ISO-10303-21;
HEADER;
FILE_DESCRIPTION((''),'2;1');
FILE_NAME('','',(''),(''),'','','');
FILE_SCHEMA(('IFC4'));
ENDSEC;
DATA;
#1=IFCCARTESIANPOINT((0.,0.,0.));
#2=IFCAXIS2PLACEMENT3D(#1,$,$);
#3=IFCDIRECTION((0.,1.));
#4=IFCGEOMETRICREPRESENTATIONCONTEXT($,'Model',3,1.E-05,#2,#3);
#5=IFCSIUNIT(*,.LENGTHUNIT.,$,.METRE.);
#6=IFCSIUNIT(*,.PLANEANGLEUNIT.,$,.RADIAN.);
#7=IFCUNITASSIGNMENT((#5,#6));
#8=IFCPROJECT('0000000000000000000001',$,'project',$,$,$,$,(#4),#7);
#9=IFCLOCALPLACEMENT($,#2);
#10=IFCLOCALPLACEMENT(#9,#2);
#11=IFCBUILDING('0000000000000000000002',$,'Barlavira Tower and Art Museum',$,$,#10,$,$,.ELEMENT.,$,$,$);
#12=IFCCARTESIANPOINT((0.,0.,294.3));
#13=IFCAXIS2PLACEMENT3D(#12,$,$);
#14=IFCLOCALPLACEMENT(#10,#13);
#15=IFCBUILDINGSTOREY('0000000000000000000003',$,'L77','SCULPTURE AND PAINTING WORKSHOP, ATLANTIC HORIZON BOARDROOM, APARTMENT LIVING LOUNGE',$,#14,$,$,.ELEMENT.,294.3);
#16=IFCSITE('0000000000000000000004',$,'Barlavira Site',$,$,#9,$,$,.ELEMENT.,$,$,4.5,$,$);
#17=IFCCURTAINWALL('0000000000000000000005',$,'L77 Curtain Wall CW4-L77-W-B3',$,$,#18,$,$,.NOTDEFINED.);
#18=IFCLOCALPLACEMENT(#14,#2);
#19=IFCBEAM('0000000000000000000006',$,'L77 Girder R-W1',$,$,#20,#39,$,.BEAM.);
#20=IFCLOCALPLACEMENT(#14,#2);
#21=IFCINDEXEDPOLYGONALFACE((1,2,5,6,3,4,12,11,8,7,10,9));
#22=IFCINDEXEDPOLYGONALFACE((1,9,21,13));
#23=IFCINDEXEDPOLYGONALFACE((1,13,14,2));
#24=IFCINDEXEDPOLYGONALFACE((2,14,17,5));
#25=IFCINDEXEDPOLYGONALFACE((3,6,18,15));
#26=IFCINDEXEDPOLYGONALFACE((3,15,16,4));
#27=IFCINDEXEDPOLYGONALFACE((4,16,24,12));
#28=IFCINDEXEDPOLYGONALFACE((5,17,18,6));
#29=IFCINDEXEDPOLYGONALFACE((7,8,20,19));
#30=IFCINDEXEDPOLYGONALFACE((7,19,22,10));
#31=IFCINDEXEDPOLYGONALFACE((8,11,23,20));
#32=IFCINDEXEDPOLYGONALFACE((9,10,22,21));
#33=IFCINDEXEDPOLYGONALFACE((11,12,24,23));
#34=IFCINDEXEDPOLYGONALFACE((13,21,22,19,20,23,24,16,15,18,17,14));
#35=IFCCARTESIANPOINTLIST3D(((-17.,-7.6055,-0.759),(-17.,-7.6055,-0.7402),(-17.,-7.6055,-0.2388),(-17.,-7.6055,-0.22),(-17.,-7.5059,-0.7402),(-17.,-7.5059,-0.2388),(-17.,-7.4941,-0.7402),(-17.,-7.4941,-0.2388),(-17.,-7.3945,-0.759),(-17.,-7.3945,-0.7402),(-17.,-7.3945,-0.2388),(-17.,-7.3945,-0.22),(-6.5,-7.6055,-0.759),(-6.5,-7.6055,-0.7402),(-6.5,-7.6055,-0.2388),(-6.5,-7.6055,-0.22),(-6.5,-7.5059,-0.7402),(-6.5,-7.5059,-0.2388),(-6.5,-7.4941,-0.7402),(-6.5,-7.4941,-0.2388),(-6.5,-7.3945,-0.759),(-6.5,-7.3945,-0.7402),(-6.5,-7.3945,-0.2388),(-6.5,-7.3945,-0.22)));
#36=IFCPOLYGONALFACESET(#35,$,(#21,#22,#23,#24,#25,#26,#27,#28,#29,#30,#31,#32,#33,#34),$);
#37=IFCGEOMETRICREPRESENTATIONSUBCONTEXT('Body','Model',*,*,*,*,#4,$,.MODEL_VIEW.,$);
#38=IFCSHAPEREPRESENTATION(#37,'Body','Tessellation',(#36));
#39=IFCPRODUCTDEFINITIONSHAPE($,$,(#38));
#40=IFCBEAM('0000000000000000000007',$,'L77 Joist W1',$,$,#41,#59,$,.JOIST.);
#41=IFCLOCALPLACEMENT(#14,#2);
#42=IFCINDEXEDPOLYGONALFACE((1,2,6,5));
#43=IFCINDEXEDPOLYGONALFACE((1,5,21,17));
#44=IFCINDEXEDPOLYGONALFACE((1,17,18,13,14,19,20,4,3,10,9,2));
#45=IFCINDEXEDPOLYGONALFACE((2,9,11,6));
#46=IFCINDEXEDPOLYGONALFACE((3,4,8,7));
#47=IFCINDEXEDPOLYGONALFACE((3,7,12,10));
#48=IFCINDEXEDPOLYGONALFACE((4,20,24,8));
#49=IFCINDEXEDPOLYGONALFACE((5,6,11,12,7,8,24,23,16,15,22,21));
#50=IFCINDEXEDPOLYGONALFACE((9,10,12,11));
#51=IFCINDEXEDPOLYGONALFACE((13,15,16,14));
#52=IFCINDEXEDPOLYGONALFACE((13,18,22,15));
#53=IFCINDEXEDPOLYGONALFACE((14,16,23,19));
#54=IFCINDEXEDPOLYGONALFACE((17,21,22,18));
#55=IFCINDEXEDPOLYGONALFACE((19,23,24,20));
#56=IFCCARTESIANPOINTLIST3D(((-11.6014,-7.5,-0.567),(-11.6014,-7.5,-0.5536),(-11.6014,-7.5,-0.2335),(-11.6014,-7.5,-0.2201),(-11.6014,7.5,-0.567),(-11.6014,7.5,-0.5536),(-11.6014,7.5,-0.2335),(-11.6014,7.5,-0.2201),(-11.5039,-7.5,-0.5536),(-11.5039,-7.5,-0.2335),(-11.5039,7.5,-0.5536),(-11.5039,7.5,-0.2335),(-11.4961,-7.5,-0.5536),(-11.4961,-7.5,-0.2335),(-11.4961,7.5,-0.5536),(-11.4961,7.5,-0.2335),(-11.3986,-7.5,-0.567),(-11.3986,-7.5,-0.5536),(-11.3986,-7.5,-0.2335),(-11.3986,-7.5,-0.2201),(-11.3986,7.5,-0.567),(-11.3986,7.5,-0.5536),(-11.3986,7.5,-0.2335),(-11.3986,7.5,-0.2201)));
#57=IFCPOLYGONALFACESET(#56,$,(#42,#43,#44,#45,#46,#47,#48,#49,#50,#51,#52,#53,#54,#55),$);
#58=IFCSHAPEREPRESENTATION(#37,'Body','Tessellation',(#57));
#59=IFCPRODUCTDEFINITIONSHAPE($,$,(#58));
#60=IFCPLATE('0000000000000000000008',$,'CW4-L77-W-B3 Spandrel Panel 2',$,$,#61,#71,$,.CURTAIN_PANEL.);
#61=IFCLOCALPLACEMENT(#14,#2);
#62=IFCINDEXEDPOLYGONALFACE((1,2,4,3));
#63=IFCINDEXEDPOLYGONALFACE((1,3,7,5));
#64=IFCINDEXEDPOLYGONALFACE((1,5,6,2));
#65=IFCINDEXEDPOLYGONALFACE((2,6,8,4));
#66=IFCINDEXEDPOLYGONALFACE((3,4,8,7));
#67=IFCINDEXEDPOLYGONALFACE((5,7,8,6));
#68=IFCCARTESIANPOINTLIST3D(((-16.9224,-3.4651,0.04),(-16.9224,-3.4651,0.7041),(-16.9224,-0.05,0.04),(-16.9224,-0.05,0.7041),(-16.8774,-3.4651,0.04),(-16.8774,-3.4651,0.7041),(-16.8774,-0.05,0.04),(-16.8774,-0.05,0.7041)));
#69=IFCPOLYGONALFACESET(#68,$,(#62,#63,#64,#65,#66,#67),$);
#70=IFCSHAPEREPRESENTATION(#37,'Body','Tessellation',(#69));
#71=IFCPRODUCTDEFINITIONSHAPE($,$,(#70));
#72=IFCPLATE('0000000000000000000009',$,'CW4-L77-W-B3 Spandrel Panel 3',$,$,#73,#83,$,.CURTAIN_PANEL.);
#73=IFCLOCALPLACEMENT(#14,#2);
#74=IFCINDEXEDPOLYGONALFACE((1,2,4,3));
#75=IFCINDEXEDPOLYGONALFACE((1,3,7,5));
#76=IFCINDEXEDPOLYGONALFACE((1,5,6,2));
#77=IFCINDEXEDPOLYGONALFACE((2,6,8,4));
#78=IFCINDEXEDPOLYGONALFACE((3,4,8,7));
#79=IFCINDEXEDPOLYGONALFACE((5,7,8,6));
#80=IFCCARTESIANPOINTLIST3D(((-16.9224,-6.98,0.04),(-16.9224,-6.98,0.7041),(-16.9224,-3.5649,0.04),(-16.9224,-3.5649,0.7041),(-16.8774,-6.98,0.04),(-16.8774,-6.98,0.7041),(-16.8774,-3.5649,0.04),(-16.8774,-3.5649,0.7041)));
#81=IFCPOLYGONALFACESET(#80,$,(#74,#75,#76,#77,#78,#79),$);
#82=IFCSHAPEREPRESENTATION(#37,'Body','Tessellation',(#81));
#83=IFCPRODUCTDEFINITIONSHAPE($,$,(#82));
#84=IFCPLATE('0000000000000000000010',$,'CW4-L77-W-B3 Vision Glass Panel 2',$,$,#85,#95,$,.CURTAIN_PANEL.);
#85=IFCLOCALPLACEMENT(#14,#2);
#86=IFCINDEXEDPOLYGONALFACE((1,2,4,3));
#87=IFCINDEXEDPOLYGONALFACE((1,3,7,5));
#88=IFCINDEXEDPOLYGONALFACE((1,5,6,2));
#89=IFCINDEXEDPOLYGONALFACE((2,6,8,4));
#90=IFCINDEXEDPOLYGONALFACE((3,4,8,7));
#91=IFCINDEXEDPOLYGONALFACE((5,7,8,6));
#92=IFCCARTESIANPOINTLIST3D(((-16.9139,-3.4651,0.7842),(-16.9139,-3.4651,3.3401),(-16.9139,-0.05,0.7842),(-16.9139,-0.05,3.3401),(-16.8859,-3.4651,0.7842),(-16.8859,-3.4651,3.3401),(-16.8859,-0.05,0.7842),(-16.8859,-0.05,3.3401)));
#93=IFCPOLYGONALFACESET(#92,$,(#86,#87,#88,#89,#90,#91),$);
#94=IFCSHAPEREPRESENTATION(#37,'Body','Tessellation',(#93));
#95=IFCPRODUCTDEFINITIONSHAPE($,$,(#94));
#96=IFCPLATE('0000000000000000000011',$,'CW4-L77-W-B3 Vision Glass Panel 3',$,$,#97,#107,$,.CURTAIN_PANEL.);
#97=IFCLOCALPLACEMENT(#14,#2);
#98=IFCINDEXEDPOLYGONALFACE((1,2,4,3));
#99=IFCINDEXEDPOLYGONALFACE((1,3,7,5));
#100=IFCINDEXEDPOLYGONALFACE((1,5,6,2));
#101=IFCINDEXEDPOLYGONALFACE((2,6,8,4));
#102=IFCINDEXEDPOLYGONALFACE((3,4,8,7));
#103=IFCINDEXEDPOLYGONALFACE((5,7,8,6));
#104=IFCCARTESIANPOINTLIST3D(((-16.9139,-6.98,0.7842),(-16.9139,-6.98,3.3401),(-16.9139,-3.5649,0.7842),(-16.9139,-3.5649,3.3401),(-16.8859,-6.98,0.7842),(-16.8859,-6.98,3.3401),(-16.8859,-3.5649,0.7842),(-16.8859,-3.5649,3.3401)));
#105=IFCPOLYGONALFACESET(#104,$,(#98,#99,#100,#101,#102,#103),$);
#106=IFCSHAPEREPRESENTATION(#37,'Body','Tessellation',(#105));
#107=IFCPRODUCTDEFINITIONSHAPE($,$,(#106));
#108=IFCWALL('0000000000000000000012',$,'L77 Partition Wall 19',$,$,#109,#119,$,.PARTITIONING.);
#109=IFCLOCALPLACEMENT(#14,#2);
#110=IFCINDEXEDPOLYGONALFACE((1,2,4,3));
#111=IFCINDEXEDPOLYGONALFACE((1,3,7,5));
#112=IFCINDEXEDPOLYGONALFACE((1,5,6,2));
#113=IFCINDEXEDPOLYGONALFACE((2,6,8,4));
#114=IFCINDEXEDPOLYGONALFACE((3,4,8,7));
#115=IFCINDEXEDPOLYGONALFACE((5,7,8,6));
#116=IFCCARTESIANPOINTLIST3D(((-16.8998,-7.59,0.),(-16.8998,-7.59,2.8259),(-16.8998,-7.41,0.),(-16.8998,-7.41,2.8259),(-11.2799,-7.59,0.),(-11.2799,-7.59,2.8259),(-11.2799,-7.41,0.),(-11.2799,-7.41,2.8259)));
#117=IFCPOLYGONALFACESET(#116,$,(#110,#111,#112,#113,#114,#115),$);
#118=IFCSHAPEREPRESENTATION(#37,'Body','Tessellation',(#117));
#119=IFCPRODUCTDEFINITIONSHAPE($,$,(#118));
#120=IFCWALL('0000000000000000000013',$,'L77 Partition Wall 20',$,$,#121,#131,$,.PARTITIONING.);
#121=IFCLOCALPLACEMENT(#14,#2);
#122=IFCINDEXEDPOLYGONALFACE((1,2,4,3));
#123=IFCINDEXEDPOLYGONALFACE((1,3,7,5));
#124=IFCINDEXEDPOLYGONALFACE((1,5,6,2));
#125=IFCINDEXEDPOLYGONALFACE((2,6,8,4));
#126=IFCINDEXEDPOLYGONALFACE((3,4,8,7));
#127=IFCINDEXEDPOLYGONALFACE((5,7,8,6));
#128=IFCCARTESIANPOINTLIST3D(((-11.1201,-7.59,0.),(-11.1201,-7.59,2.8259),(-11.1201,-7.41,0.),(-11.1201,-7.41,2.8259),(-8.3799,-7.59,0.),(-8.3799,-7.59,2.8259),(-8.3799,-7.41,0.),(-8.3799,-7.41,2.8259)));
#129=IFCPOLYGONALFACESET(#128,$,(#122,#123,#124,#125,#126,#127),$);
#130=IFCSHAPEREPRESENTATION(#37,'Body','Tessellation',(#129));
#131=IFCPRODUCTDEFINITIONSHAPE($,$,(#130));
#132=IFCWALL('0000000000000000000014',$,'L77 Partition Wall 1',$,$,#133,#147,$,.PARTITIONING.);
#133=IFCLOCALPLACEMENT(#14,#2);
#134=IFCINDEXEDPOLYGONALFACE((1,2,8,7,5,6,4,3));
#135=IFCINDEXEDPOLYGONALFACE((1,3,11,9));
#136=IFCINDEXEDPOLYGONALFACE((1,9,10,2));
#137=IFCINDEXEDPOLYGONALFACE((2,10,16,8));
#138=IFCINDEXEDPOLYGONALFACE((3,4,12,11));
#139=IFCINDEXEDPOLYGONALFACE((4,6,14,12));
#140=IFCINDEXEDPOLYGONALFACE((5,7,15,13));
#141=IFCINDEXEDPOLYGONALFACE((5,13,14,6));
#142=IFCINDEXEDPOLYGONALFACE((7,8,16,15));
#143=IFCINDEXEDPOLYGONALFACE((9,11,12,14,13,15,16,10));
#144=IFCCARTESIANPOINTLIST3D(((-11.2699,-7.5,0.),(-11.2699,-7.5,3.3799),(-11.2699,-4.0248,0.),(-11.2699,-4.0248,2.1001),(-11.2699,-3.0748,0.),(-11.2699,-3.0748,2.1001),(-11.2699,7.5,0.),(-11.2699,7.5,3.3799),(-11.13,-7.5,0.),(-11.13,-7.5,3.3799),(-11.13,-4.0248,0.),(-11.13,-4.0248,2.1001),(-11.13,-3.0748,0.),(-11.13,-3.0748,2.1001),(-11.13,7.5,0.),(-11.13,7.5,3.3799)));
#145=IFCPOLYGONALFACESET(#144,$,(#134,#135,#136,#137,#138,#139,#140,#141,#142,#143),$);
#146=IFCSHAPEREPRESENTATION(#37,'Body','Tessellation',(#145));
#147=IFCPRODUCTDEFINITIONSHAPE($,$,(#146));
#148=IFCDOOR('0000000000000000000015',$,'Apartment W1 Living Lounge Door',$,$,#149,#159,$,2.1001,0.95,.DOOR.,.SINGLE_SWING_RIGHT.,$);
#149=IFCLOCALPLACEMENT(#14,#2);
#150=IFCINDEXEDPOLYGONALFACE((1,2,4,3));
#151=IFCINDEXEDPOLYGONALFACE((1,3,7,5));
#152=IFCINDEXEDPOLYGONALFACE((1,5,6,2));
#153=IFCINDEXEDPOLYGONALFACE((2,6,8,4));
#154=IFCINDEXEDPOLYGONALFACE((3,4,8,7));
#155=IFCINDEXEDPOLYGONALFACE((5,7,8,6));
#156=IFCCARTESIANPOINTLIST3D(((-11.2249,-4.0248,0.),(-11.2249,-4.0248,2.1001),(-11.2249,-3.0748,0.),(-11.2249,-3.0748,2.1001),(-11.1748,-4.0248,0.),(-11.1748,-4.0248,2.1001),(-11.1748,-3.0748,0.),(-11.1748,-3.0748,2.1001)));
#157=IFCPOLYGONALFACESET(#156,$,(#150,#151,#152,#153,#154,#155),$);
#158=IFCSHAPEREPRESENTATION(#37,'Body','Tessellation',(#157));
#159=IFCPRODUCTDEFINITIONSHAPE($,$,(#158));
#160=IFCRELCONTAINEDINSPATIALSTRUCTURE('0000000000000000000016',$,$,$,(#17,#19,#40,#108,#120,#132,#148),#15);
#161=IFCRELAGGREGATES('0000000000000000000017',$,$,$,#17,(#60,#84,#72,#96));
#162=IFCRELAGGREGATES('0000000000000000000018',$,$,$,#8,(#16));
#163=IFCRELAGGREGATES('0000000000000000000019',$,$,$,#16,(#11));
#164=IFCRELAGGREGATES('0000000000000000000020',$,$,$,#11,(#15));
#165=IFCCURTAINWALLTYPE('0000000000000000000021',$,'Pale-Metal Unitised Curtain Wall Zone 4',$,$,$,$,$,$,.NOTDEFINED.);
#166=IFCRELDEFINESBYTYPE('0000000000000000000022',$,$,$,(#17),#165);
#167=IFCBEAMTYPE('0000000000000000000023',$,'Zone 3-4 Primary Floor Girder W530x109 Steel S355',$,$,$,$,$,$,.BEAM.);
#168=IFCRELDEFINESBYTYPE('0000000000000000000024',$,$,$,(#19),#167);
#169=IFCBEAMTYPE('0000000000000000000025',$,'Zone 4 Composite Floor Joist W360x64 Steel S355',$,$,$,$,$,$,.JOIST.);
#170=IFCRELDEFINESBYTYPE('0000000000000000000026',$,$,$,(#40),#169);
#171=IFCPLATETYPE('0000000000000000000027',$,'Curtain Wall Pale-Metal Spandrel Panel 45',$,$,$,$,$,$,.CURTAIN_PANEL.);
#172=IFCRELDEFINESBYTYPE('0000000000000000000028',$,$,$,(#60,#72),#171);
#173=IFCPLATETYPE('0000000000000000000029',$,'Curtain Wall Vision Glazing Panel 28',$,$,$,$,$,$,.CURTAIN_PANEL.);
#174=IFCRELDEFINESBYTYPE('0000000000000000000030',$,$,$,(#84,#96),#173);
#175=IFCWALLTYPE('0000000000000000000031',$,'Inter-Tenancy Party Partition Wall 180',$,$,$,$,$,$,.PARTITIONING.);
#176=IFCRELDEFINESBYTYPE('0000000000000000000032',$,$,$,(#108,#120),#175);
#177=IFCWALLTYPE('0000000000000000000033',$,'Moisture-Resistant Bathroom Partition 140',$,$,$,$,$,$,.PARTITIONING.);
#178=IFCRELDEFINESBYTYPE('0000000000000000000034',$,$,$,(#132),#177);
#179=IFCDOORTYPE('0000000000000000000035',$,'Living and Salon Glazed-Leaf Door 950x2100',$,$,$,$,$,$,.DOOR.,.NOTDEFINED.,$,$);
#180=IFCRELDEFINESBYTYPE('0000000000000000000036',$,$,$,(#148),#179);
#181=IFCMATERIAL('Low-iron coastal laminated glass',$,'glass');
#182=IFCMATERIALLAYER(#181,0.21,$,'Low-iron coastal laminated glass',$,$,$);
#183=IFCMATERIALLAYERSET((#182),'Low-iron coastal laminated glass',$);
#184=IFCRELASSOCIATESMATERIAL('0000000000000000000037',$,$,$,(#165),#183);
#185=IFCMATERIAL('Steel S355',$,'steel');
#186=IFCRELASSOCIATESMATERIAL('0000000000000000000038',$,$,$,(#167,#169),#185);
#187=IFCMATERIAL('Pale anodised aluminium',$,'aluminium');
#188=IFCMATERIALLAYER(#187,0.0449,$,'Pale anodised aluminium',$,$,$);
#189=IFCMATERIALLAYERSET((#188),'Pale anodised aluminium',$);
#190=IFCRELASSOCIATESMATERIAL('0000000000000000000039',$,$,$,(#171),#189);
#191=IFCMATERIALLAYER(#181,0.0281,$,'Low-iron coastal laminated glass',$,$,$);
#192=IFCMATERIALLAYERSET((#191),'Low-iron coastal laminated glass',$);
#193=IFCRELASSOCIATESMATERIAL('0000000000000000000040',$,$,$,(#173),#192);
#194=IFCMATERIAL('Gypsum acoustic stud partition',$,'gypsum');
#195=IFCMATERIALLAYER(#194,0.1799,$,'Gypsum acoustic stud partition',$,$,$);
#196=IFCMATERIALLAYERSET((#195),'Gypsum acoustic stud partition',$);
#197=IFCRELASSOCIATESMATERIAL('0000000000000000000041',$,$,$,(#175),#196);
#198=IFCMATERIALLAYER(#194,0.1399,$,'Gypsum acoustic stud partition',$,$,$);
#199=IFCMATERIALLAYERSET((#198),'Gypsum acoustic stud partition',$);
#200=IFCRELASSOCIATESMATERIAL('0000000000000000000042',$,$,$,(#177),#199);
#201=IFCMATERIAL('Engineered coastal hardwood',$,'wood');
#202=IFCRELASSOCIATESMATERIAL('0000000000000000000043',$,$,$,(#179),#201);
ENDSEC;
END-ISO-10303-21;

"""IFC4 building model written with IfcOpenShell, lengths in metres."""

from ifc_helpers import new_model, si_unit, direction, frame, frame_2d, origin, origin_2d, place, context, subcontext, project, spatial, rectangle, i_section, extrude, material, layer, layer_set, material_profile, profile_set, type_object, element, fill, aggregate, save


model = new_model("IFC4")

# Units and contexts
model_context = context("Model", 3, precision=1e-05, world=origin(), true_north=direction((0.0, 1.0)))
body_context = subcontext(model_context, "Body", "Model", "MODEL_VIEW")
ifc_project = project(units=[si_unit("LENGTHUNIT", "METRE"), si_unit("PLANEANGLEUNIT", "RADIAN")], contexts=[model_context])

# Site, building, storey
site_placement = place(None, origin())
site = spatial("IfcSite", under=ifc_project, at=site_placement, Name="Barlavira Site", CompositionType="ELEMENT", RefElevation=4.5)
building_placement = place(site_placement, origin())
building = spatial("IfcBuilding", under=site, at=building_placement, Name="Barlavira Tower and Art Museum", CompositionType="ELEMENT")
storey_placement = place(building_placement, frame((0.0, 0.0, 294.3)))
storey = spatial("IfcBuildingStorey", under=building, at=storey_placement, Name="L77", Description="SCULPTURE AND PAINTING WORKSHOP, ATLANTIC HORIZON BOARDROOM, APARTMENT LIVING LOUNGE", CompositionType="ELEMENT", Elevation=294.3)

# Curtain wall
ifc_material_1 = material(Name="Low-iron coastal laminated glass", Category="glass")
ifc_layer_1 = layer(ifc_material_1, 0.21, Name="Low-iron coastal laminated glass")
ifc_layer_set_1 = layer_set([ifc_layer_1], Name="Low-iron coastal laminated glass")
curtain_wall_type = type_object("IfcCurtainWallType", Name="Pale-Metal Unitised Curtain Wall Zone 4", PredefinedType="NOTDEFINED", material=ifc_layer_set_1)
curtain_wall_placement = place(storey_placement, origin())
curtain_wall = element("IfcCurtainWall", 1, at=curtain_wall_placement, inside=storey, type_object=curtain_wall_type, Name="L77 Curtain Wall CW4-L77-W-B3", PredefinedType="NOTDEFINED")
ifc_material_2 = material(Name="Pale anodised aluminium", Category="aluminium")

# Beams
ifc_material_3 = material(Name="Steel S355", Category="steel")
ifc_material_profile_1 = material_profile(ifc_material_3, i_section(OverallWidth=0.2109, OverallDepth=0.5391, WebThickness=0.0117, FlangeThickness=0.0188, at=origin_2d()), Name="W530x109.0")
ifc_profile_set_1 = profile_set([ifc_material_profile_1], Name="Steel S355")
beam_type_1 = type_object("IfcBeamType", Name="Zone 3-4 Primary Floor Girder W530x109 Steel S355", PredefinedType="BEAM", material=ifc_profile_set_1)
beam_1_placement = place(storey_placement, frame((-17.0, -7.5, -0.4895), z_axis=(1.0, 0.0, 0.0), x_axis=(0.0, 1.0, 0.0)))
element("IfcBeam", 2, at=beam_1_placement, inside=storey, type_object=beam_type_1, Name="L77 Girder R-W1", PredefinedType="BEAM", context=body_context, shape_type="SweptSolid", body=[
    extrude(i_section(OverallWidth=0.2109, OverallDepth=0.5391, WebThickness=0.0117, FlangeThickness=0.0188, at=origin_2d()), origin(), (0.0, 0.0, 1.0), 10.5),
])
ifc_material_profile_2 = material_profile(ifc_material_3, i_section(OverallWidth=0.2029, OverallDepth=0.3469, WebThickness=0.0078, FlangeThickness=0.0134, at=origin_2d()), Name="W360x64.0")
ifc_profile_set_2 = profile_set([ifc_material_profile_2], Name="Steel S355")
beam_type_2 = type_object("IfcBeamType", Name="Zone 4 Composite Floor Joist W360x64 Steel S355", PredefinedType="JOIST", material=ifc_profile_set_2)
beam_2_placement = place(storey_placement, frame((-11.5, -7.5, -0.3936), z_axis=(0.0, 1.0, 0.0), x_axis=(-1.0, 0.0, 0.0)))
element("IfcBeam", 3, at=beam_2_placement, inside=storey, type_object=beam_type_2, Name="L77 Joist W1", PredefinedType="JOIST", context=body_context, shape_type="SweptSolid", body=[
    extrude(i_section(OverallWidth=0.2029, OverallDepth=0.3469, WebThickness=0.0078, FlangeThickness=0.0134, at=origin_2d()), origin(), (0.0, 0.0, 1.0), 15.0),
])

# Plates
ifc_layer_2 = layer(ifc_material_2, 0.0449, Name="Pale anodised aluminium")
ifc_layer_set_2 = layer_set([ifc_layer_2], Name="Pale anodised aluminium")
plate_type_1 = type_object("IfcPlateType", Name="Curtain Wall Pale-Metal Spandrel Panel 45", PredefinedType="CURTAIN_PANEL", material=ifc_layer_set_2)
plate_1_placement = place(storey_placement, frame((-16.8999, -1.7576, 0.04), z_axis=(0.0, 0.0, 1.0), x_axis=(0.0, -1.0, 0.0)))
plate_1 = element("IfcPlate", 4, at=plate_1_placement, type_object=plate_type_1, Name="CW4-L77-W-B3 Spandrel Panel 2", PredefinedType="CURTAIN_PANEL", context=body_context, shape_type="SweptSolid", body=[
    extrude(rectangle(XDim=3.415, YDim=0.0449, at=origin_2d()), origin(), (0.0, 0.0, 1.0), 0.6641),
])
plate_2_placement = place(storey_placement, frame((-16.8999, -5.2725, 0.04), z_axis=(0.0, 0.0, 1.0), x_axis=(0.0, -1.0, 0.0)))
plate_2 = element("IfcPlate", 5, at=plate_2_placement, type_object=plate_type_1, Name="CW4-L77-W-B3 Spandrel Panel 3", PredefinedType="CURTAIN_PANEL", context=body_context, shape_type="SweptSolid", body=[
    extrude(rectangle(XDim=3.415, YDim=0.0449, at=origin_2d()), origin(), (0.0, 0.0, 1.0), 0.6641),
])
ifc_layer_3 = layer(ifc_material_1, 0.0281, Name="Low-iron coastal laminated glass")
ifc_layer_set_3 = layer_set([ifc_layer_3], Name="Low-iron coastal laminated glass")
plate_type_2 = type_object("IfcPlateType", Name="Curtain Wall Vision Glazing Panel 28", PredefinedType="CURTAIN_PANEL", material=ifc_layer_set_3)
plate_3_placement = place(storey_placement, frame((-16.8999, -1.7576, 0.7842), z_axis=(0.0, 0.0, 1.0), x_axis=(0.0, -1.0, 0.0)))
plate_3 = element("IfcPlate", 6, at=plate_3_placement, type_object=plate_type_2, Name="CW4-L77-W-B3 Vision Glass Panel 2", PredefinedType="CURTAIN_PANEL", context=body_context, shape_type="SweptSolid", body=[
    extrude(rectangle(XDim=3.415, YDim=0.0281, at=origin_2d()), origin(), (0.0, 0.0, 1.0), 2.5559),
])
plate_4_placement = place(storey_placement, frame((-16.8999, -5.2725, 0.7842), z_axis=(0.0, 0.0, 1.0), x_axis=(0.0, -1.0, 0.0)))
plate_4 = element("IfcPlate", 7, at=plate_4_placement, type_object=plate_type_2, Name="CW4-L77-W-B3 Vision Glass Panel 3", PredefinedType="CURTAIN_PANEL", context=body_context, shape_type="SweptSolid", body=[
    extrude(rectangle(XDim=3.415, YDim=0.0281, at=origin_2d()), origin(), (0.0, 0.0, 1.0), 2.5559),
])
aggregate(curtain_wall, [plate_1, plate_3, plate_2, plate_4])

# Walls
ifc_material_4 = material(Name="Gypsum acoustic stud partition", Category="gypsum")
ifc_layer_4 = layer(ifc_material_4, 0.1799, Name="Gypsum acoustic stud partition")
ifc_layer_set_4 = layer_set([ifc_layer_4], Name="Gypsum acoustic stud partition")
wall_type_1 = type_object("IfcWallType", Name="Inter-Tenancy Party Partition Wall 180", PredefinedType="PARTITIONING", material=ifc_layer_set_4)
wall_1_placement = place(storey_placement, frame((-16.8999, -7.5, 0.0), z_axis=(0.0, 0.0, 1.0), x_axis=(1.0, 0.0, 0.0)))
element("IfcWall", 8, at=wall_1_placement, inside=storey, type_object=wall_type_1, Name="L77 Partition Wall 19", PredefinedType="PARTITIONING", context=body_context, shape_type="SweptSolid", body=[
    extrude(rectangle(XDim=5.6199, YDim=0.1799, at=frame_2d((2.8101, 0.0))), origin(), (0.0, 0.0, 1.0), 2.8259),
])
wall_2_placement = place(storey_placement, frame((-11.1201, -7.5, 0.0), z_axis=(0.0, 0.0, 1.0), x_axis=(1.0, 0.0, 0.0)))
element("IfcWall", 9, at=wall_2_placement, inside=storey, type_object=wall_type_1, Name="L77 Partition Wall 20", PredefinedType="PARTITIONING", context=body_context, shape_type="SweptSolid", body=[
    extrude(rectangle(XDim=2.7402, YDim=0.1799, at=frame_2d((1.3701, 0.0))), origin(), (0.0, 0.0, 1.0), 2.8259),
])

# Wall, opening, door
ifc_layer_5 = layer(ifc_material_4, 0.1399, Name="Gypsum acoustic stud partition")
ifc_layer_set_5 = layer_set([ifc_layer_5], Name="Gypsum acoustic stud partition")
wall_type_2 = type_object("IfcWallType", Name="Moisture-Resistant Bathroom Partition 140", PredefinedType="PARTITIONING", material=ifc_layer_set_5)
wall_3_placement = place(storey_placement, frame((-11.2, -7.5, 0.0), z_axis=(0.0, 0.0, 1.0), x_axis=(0.0, 1.0, 0.0)))
wall_3 = element("IfcWall", 10, at=wall_3_placement, inside=storey, type_object=wall_type_2, Name="L77 Partition Wall 1", PredefinedType="PARTITIONING", context=body_context, shape_type="SweptSolid", body=[
    extrude(rectangle(XDim=15.0, YDim=0.1399, at=frame_2d((7.5, 0.0))), origin(), (0.0, 0.0, 1.0), 3.3799),
])
opening_1_placement = place(wall_3_placement, frame((3.4751, 0.0, 0.0)))
opening_1 = element("IfcOpeningElement", 11, at=opening_1_placement, cuts=wall_3, PredefinedType="OPENING", context=body_context, shape_type="SweptSolid", body=[
    extrude(rectangle(XDim=0.95, YDim=2.1001, at=frame_2d((0.4751, 1.05))), frame((0.0, 0.0801, 0.0), z_axis=(0.0, -1.0, 0.0), x_axis=(1.0, 0.0, 0.0)), (0.0, 0.0, 1.0), 0.1599),
])
ifc_material_5 = material(Name="Engineered coastal hardwood", Category="wood")
door_type_1 = type_object("IfcDoorType", Name="Living and Salon Glazed-Leaf Door 950x2100", OperationType="NOTDEFINED", PredefinedType="DOOR", material=ifc_material_5)
door_1_placement = place(opening_1_placement, origin())
door_1 = element("IfcDoor", 12, at=door_1_placement, inside=storey, type_object=door_type_1, Name="Apartment W1 Living Lounge Door", OperationType="SINGLE_SWING_RIGHT", OverallHeight=2.1001, OverallWidth=0.95, PredefinedType="DOOR", context=body_context, shape_type="SweptSolid", body=[
    extrude(rectangle(XDim=0.95, YDim=2.1001, at=frame_2d((0.4751, 1.05))), frame((0.0, 0.0249, 0.0), z_axis=(0.0, -1.0, 0.0), x_axis=(1.0, 0.0, 0.0)), (0.0, 0.0, 1.0), 0.05),
])
fill(opening_1, door_1)

save(model, "model.ifc")
